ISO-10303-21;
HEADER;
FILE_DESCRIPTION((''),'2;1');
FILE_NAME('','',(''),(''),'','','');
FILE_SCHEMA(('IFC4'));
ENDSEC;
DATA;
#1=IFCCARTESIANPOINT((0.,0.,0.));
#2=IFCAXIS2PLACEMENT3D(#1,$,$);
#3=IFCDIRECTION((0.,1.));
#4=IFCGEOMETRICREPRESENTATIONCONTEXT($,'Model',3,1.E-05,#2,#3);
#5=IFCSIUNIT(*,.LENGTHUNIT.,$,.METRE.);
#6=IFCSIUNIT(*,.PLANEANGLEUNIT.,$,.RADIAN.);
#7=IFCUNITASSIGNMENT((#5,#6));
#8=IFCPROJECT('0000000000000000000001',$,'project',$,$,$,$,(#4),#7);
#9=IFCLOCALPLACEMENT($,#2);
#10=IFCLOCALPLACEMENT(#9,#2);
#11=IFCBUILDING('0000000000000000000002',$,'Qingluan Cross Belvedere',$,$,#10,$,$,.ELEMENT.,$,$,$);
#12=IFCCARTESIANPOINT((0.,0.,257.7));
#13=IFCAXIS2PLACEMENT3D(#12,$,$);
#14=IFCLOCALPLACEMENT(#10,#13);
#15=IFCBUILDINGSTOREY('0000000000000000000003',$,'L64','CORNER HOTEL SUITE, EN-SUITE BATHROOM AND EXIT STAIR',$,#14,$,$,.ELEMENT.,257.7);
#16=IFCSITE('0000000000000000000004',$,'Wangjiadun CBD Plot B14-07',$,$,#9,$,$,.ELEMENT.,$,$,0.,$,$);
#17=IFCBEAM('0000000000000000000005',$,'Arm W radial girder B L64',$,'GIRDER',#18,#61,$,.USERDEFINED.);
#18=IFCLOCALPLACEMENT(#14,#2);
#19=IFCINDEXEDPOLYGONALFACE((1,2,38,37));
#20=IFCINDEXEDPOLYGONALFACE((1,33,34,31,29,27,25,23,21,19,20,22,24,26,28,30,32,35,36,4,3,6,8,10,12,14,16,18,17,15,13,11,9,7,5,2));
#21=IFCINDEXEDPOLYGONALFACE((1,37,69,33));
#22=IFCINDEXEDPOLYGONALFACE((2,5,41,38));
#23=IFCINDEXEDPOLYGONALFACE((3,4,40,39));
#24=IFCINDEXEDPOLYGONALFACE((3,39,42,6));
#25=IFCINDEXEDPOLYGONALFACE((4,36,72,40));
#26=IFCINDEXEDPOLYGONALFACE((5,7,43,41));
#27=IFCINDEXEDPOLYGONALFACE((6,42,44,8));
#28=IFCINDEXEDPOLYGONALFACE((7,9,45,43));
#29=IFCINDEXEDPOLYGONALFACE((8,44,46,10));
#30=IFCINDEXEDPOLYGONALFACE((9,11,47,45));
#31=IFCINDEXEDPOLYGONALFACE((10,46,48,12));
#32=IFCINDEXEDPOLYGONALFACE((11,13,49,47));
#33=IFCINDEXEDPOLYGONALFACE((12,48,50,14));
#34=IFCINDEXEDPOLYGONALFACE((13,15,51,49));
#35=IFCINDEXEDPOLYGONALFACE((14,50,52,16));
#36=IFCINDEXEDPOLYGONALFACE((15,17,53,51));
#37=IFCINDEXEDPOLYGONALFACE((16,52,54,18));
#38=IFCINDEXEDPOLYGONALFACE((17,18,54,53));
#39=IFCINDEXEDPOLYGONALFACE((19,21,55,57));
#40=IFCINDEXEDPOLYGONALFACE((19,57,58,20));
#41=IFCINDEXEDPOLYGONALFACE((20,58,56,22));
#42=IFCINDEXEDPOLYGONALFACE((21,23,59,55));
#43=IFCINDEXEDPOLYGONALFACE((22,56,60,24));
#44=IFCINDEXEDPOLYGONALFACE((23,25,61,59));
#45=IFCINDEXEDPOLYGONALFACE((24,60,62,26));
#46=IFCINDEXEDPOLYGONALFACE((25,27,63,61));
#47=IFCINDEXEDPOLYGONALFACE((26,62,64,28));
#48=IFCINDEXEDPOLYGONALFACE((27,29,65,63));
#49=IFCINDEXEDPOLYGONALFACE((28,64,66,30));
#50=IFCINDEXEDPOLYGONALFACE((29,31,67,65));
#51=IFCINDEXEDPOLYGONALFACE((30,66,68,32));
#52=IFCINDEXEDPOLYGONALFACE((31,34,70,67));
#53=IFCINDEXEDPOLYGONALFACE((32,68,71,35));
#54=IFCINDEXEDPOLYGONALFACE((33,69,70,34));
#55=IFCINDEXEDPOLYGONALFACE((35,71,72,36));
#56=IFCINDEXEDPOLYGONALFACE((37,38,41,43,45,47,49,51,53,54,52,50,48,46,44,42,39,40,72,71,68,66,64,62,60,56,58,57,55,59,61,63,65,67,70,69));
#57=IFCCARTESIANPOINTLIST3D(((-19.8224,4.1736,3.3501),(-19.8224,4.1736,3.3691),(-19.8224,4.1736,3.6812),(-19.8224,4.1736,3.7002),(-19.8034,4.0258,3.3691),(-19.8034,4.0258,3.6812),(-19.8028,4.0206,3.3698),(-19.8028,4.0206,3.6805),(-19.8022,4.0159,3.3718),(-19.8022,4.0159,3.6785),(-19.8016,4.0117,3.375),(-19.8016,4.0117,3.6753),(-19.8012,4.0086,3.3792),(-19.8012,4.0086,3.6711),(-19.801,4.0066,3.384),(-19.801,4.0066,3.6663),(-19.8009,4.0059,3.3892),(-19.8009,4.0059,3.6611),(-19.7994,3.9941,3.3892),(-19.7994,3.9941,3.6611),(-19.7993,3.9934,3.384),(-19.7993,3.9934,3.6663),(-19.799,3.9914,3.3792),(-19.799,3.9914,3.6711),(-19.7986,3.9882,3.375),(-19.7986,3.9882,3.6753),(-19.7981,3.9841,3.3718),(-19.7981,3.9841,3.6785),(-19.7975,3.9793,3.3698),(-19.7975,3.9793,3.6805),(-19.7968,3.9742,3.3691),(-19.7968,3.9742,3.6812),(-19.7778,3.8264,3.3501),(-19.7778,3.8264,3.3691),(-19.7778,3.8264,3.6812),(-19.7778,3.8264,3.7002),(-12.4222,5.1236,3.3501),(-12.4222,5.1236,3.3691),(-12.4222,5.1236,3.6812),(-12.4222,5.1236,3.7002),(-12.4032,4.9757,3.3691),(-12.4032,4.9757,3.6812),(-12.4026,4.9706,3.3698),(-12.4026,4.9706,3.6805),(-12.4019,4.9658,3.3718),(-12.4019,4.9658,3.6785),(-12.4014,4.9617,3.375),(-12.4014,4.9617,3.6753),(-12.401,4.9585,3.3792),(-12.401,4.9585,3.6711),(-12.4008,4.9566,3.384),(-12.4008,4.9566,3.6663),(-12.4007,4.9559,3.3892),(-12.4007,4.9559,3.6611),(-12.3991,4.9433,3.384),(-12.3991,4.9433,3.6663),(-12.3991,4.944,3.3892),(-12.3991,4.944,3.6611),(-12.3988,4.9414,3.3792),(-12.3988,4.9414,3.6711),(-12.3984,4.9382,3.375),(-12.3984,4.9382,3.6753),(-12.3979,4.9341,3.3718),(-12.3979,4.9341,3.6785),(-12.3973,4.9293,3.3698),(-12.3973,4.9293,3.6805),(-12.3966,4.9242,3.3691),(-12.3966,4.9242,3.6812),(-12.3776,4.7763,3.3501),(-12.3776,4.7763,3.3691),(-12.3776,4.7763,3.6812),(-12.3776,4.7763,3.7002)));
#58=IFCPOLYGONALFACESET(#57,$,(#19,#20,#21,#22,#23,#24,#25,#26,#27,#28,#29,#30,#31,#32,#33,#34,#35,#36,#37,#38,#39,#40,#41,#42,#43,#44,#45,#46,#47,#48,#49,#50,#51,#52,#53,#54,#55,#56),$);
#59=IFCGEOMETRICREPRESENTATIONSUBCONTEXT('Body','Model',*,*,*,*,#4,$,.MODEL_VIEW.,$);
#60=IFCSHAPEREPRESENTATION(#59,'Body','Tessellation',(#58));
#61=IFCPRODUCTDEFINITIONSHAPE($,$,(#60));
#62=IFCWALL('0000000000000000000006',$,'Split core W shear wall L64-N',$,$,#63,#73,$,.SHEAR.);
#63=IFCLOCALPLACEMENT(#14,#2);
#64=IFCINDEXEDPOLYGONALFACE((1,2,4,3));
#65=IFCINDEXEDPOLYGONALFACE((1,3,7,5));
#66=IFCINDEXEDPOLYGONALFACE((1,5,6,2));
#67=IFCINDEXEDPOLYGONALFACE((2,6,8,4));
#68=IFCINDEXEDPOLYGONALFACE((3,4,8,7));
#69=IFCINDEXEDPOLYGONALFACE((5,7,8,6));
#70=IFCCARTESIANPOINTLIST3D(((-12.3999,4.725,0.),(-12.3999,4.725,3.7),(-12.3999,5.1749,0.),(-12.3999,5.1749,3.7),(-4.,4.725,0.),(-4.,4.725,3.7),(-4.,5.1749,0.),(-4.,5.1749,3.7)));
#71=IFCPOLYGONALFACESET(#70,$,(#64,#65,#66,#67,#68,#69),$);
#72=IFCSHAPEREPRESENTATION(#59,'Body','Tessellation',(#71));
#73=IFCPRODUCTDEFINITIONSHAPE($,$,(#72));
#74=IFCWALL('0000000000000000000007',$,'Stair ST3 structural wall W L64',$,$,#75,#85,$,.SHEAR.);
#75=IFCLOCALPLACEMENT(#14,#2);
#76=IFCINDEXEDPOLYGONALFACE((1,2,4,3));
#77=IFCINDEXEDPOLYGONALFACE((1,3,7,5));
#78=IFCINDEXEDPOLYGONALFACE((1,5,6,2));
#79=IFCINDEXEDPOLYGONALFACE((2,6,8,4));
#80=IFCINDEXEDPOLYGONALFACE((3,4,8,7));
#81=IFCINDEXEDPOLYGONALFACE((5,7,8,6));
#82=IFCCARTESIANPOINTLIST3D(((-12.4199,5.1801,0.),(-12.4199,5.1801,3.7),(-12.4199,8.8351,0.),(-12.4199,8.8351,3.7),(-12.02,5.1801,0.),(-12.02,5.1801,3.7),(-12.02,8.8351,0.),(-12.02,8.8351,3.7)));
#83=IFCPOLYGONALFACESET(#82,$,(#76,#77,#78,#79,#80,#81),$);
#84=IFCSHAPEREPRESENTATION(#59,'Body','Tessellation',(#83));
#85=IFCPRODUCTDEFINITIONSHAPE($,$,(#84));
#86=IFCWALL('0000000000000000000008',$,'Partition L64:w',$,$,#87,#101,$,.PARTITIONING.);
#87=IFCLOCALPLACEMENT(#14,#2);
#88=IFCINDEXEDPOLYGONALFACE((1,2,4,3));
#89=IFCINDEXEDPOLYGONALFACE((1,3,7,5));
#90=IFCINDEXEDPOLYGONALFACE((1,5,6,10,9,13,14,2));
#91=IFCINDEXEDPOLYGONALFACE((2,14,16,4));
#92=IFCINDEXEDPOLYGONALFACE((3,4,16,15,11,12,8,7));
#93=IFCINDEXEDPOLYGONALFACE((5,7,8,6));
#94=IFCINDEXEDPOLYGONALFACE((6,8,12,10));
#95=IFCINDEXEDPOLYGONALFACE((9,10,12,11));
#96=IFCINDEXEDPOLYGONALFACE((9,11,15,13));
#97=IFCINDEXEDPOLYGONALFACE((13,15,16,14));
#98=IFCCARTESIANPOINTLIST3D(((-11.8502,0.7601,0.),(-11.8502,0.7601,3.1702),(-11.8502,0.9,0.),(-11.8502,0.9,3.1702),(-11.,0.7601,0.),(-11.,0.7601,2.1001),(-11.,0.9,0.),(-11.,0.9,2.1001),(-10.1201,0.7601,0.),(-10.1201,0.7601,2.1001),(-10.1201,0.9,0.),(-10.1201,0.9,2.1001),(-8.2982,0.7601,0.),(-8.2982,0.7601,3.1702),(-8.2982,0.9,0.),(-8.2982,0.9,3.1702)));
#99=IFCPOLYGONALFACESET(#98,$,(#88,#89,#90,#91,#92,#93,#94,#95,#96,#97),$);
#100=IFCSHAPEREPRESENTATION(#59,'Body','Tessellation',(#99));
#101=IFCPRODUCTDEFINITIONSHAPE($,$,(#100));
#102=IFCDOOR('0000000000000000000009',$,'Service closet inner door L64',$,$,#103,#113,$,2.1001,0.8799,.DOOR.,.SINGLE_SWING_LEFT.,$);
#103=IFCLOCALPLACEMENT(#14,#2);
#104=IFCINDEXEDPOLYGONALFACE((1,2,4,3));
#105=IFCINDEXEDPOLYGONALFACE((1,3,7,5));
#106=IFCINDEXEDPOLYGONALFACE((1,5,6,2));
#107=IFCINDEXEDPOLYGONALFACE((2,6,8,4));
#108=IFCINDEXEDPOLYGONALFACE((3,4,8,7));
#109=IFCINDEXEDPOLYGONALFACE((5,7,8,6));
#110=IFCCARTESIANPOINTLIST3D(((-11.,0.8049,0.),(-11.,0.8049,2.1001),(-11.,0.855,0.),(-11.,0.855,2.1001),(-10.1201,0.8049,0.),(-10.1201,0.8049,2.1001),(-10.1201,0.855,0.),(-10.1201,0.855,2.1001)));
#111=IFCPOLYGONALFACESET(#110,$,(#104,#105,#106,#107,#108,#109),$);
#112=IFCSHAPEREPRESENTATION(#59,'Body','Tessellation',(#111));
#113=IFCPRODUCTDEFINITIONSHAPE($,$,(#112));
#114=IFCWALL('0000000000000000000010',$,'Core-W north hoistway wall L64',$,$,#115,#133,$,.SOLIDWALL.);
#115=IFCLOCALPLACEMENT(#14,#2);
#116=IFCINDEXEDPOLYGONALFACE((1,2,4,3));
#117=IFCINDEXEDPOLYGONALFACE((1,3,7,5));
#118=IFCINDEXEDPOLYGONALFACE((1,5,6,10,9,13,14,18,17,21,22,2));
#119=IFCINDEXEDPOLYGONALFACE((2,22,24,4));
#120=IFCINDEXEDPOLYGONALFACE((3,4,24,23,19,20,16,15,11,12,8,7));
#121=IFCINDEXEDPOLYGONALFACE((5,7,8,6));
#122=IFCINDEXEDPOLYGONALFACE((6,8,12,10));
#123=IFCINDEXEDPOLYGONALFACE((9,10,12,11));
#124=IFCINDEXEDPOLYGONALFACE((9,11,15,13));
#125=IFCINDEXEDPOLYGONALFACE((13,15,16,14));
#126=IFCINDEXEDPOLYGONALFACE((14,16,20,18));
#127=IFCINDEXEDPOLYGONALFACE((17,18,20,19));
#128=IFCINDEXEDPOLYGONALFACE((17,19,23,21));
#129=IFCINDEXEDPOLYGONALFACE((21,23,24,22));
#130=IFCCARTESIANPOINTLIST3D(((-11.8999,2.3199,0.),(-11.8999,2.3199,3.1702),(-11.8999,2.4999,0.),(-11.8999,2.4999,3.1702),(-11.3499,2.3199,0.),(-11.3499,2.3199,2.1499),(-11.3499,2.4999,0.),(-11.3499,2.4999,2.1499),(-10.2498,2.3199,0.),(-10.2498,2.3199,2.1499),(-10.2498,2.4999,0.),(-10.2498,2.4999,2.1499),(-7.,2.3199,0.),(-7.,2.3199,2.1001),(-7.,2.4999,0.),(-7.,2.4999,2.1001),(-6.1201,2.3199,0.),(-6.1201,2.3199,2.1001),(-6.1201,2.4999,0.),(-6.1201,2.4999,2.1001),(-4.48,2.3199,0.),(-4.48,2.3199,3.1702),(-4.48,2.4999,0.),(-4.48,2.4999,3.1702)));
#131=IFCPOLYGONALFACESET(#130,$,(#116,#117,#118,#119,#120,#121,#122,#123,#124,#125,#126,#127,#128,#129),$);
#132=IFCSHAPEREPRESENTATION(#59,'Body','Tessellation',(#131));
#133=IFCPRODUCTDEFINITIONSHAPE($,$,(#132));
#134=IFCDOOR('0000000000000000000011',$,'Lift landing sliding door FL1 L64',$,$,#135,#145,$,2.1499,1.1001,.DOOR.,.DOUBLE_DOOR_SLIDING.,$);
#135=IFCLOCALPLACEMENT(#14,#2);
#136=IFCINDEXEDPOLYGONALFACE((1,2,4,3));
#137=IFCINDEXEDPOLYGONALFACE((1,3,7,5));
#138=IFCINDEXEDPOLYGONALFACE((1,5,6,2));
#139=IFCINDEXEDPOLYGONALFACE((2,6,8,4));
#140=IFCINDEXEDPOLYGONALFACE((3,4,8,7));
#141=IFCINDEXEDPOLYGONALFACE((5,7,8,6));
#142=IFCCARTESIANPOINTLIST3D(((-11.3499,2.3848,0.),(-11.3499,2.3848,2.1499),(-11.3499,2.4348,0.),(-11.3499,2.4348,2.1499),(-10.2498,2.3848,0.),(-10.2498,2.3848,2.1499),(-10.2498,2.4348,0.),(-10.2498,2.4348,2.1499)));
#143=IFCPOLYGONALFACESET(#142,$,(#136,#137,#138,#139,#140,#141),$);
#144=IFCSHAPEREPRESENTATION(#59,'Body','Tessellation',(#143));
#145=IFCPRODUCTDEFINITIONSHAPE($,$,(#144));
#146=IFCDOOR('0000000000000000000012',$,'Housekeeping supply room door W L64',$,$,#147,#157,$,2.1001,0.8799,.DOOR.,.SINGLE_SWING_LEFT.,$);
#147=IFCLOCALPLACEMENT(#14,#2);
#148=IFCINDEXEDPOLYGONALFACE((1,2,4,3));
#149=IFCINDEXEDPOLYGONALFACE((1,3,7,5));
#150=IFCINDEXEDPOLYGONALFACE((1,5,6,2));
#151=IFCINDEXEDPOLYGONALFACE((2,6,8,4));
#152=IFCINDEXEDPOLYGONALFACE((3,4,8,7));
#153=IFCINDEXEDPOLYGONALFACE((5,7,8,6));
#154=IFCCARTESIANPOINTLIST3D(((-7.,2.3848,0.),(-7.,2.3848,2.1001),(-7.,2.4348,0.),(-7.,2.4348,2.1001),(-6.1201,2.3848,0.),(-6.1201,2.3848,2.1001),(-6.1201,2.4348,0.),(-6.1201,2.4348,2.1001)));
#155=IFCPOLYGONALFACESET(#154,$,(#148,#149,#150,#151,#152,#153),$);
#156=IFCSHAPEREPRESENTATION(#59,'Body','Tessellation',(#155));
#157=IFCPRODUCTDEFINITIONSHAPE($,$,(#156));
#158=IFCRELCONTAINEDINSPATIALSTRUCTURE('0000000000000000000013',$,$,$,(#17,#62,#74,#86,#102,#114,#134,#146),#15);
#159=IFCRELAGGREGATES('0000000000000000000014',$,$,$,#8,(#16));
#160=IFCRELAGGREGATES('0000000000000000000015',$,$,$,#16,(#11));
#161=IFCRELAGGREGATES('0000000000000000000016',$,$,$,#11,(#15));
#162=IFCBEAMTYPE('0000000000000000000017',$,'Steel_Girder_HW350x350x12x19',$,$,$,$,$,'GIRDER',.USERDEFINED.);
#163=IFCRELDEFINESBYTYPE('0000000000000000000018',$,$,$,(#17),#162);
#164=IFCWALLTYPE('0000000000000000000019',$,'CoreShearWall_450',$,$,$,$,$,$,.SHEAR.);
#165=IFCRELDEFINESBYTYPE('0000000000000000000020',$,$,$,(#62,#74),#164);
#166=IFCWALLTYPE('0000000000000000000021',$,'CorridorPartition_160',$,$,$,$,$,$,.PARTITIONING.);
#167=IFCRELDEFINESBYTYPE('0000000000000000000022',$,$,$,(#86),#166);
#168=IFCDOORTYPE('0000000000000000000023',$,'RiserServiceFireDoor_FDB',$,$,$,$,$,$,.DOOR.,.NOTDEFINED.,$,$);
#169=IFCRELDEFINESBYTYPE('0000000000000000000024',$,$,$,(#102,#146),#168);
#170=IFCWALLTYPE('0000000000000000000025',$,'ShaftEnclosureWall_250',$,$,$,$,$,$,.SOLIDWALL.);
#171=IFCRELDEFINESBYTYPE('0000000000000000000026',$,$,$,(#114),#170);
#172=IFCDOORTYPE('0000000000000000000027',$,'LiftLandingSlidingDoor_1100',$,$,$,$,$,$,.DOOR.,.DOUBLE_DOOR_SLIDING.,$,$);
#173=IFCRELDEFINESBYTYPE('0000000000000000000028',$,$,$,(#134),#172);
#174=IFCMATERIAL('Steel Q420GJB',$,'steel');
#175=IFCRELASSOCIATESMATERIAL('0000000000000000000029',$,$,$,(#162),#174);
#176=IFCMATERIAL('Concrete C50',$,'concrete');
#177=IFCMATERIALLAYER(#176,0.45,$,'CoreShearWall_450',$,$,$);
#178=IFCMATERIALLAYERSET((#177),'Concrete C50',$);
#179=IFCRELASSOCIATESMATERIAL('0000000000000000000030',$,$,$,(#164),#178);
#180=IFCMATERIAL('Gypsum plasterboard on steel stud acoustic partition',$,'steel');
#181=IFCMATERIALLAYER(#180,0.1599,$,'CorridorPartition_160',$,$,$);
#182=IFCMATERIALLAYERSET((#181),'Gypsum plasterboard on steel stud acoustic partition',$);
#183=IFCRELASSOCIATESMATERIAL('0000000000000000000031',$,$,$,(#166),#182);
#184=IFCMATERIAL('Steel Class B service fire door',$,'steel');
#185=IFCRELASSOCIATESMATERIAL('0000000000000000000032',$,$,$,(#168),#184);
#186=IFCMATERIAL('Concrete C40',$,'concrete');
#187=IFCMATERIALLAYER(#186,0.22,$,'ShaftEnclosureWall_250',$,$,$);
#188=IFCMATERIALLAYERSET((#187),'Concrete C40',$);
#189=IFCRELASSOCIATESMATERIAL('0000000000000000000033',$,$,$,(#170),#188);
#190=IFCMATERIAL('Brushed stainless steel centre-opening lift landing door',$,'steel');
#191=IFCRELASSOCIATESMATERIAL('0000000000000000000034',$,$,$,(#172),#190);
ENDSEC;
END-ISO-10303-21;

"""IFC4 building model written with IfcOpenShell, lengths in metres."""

from ifc_helpers import new_model, si_unit, direction, frame, frame_2d, origin, origin_2d, place, context, subcontext, project, spatial, rectangle, i_section, extrude, material, layer, layer_set, material_profile, profile_set, type_object, element, fill, save


model = new_model("IFC4")

# Units and contexts
model_context = context("Model", 3, precision=1e-05, world=origin(), true_north=direction((0.0, 1.0)))
body_context = subcontext(model_context, "Body", "Model", "MODEL_VIEW")
ifc_project = project(units=[si_unit("LENGTHUNIT", "METRE"), si_unit("PLANEANGLEUNIT", "RADIAN")], contexts=[model_context])

# Site, building, storey
site_placement = place(None, origin())
site = spatial("IfcSite", under=ifc_project, at=site_placement, Name="Wangjiadun CBD Plot B14-07", CompositionType="ELEMENT", RefElevation=0.0)
building_placement = place(site_placement, origin())
building = spatial("IfcBuilding", under=site, at=building_placement, Name="Qingluan Cross Belvedere", CompositionType="ELEMENT")
storey_placement = place(building_placement, frame((0.0, 0.0, 257.7)))
storey = spatial("IfcBuildingStorey", under=building, at=storey_placement, Name="L64", Description="CORNER HOTEL SUITE, EN-SUITE BATHROOM AND EXIT STAIR", CompositionType="ELEMENT", Elevation=257.7)

# Beam
ifc_material_1 = material(Name="Steel Q420GJB", Category="steel")
ifc_material_profile_1 = material_profile(ifc_material_1, i_section(OverallWidth=0.3501, OverallDepth=0.3501, WebThickness=0.012, FlangeThickness=0.019, FilletRadius=0.02, at=origin_2d()), Name="HW350x350x12x19")
ifc_profile_set_1 = profile_set([ifc_material_profile_1], Name="Steel Q420GJB")
beam_type_1 = type_object("IfcBeamType", Name="Steel_Girder_HW350x350x12x19", ElementType="GIRDER", PredefinedType="USERDEFINED", material=ifc_profile_set_1)
beam_1_placement = place(storey_placement, frame((-12.3999, 4.95, 3.5251), z_axis=(-0.991861, -0.127324, 0.0), x_axis=(0.127324, -0.991861, 0.0)))
element("IfcBeam", 1, at=beam_1_placement, inside=storey, type_object=beam_type_1, Name="Arm W radial girder B L64", ObjectType="GIRDER", PredefinedType="USERDEFINED", context=body_context, shape_type="SweptSolid", body=[
    extrude(i_section(OverallWidth=0.3501, OverallDepth=0.3501, WebThickness=0.012, FlangeThickness=0.019, FilletRadius=0.02, at=origin_2d()), origin(), (0.0, 0.0, 1.0), 7.4609),
])

# Walls
ifc_material_2 = material(Name="Concrete C50", Category="concrete")
ifc_layer_1 = layer(ifc_material_2, 0.45, Name="CoreShearWall_450")
ifc_layer_set_1 = layer_set([ifc_layer_1], Name="Concrete C50")
wall_type_1 = type_object("IfcWallType", Name="CoreShearWall_450", PredefinedType="SHEAR", material=ifc_layer_set_1)
wall_1_placement = place(storey_placement, frame((-12.3999, 4.95, 0.0), z_axis=(0.0, 0.0, 1.0), x_axis=(1.0, 0.0, 0.0)))
element("IfcWall", 2, at=wall_1_placement, inside=storey, type_object=wall_type_1, Name="Split core W shear wall L64-N", PredefinedType="SHEAR", context=body_context, shape_type="SweptSolid", body=[
    extrude(rectangle(XDim=8.3999, YDim=0.45, at=frame_2d((4.2, 0.0))), origin(), (0.0, 0.0, 1.0), 3.7),
])
wall_2_placement = place(storey_placement, frame((-12.22, 5.1799, 0.0), z_axis=(0.0, 0.0, 1.0), x_axis=(0.0, 1.0, 0.0)))
element("IfcWall", 3, at=wall_2_placement, inside=storey, type_object=wall_type_1, Name="Stair ST3 structural wall W L64", PredefinedType="SHEAR", context=body_context, shape_type="SweptSolid", body=[
    extrude(rectangle(XDim=3.655, YDim=0.3999, at=frame_2d((1.8276, 0.0))), origin(), (0.0, 0.0, 1.0), 3.7),
])

# Wall, opening, door
ifc_material_3 = material(Name="Gypsum plasterboard on steel stud acoustic partition", Category="steel")
ifc_layer_2 = layer(ifc_material_3, 0.1599, Name="CorridorPartition_160")
ifc_layer_set_2 = layer_set([ifc_layer_2], Name="Gypsum plasterboard on steel stud acoustic partition")
wall_type_2 = type_object("IfcWallType", Name="CorridorPartition_160", PredefinedType="PARTITIONING", material=ifc_layer_set_2)
wall_3_placement = place(storey_placement, frame((-11.8501, 0.8301, 0.0), z_axis=(0.0, 0.0, 1.0), x_axis=(1.0, 0.0, 0.0)))
wall_3 = element("IfcWall", 4, at=wall_3_placement, inside=storey, type_object=wall_type_2, Name="Partition L64:w", PredefinedType="PARTITIONING", context=body_context, shape_type="SweptSolid", body=[
    extrude(rectangle(XDim=3.552, YDim=0.1399, at=frame_2d((1.7759, 0.0))), origin(), (0.0, 0.0, 1.0), 3.1702),
])
opening_1_placement = place(wall_3_placement, frame((0.8501, 0.0, 0.0)))
opening_1 = element("IfcOpeningElement", 5, at=opening_1_placement, cuts=wall_3, PredefinedType="OPENING", context=body_context, shape_type="SweptSolid", body=[
    extrude(rectangle(XDim=0.8799, YDim=2.1001, at=frame_2d((0.4399, 1.05))), frame((0.0, 0.0798, 0.0), z_axis=(0.0, -1.0, 0.0), x_axis=(1.0, 0.0, 0.0)), (0.0, 0.0, 1.0), 0.1599),
])
ifc_material_4 = material(Name="Steel Class B service fire door", Category="steel")
door_type_1 = type_object("IfcDoorType", Name="RiserServiceFireDoor_FDB", OperationType="NOTDEFINED", PredefinedType="DOOR", material=ifc_material_4)
door_1_placement = place(opening_1_placement, origin())
door_1 = element("IfcDoor", 6, at=door_1_placement, inside=storey, type_object=door_type_1, Name="Service closet inner door L64", OperationType="SINGLE_SWING_LEFT", OverallHeight=2.1001, OverallWidth=0.8799, PredefinedType="DOOR", context=body_context, shape_type="SweptSolid", body=[
    extrude(rectangle(XDim=0.8799, YDim=2.1001, at=frame_2d((0.4399, 1.05))), frame((0.0, 0.0249, 0.0), z_axis=(0.0, -1.0, 0.0), x_axis=(1.0, 0.0, 0.0)), (0.0, 0.0, 1.0), 0.05),
])
fill(opening_1, door_1)

# Wall, openings, doors
ifc_material_5 = material(Name="Concrete C40", Category="concrete")
ifc_layer_3 = layer(ifc_material_5, 0.22, Name="ShaftEnclosureWall_250")
ifc_layer_set_3 = layer_set([ifc_layer_3], Name="Concrete C40")
wall_type_3 = type_object("IfcWallType", Name="ShaftEnclosureWall_250", PredefinedType="SOLIDWALL", material=ifc_layer_set_3)
wall_4_placement = place(storey_placement, frame((-11.8999, 2.4099, 0.0), z_axis=(0.0, 0.0, 1.0), x_axis=(1.0, 0.0, 0.0)))
wall_4 = element("IfcWall", 7, at=wall_4_placement, inside=storey, type_object=wall_type_3, Name="Core-W north hoistway wall L64", PredefinedType="SOLIDWALL", context=body_context, shape_type="SweptSolid", body=[
    extrude(rectangle(XDim=7.4199, YDim=0.1799, at=frame_2d((3.71, 0.0))), origin(), (0.0, 0.0, 1.0), 3.1702),
])
opening_2_placement = place(wall_4_placement, frame((0.55, 0.0, 0.0)))
opening_2 = element("IfcOpeningElement", 8, at=opening_2_placement, cuts=wall_4, PredefinedType="OPENING", context=body_context, shape_type="SweptSolid", body=[
    extrude(rectangle(XDim=1.1001, YDim=2.1499, at=frame_2d((0.55, 1.075))), frame((0.0, 0.0999, 0.0), z_axis=(0.0, -1.0, 0.0), x_axis=(1.0, 0.0, 0.0)), (0.0, 0.0, 1.0), 0.2),
])
opening_3_placement = place(wall_4_placement, frame((4.8999, 0.0, 0.0)))
opening_3 = element("IfcOpeningElement", 9, at=opening_3_placement, cuts=wall_4, PredefinedType="OPENING", context=body_context, shape_type="SweptSolid", body=[
    extrude(rectangle(XDim=0.8799, YDim=2.1001, at=frame_2d((0.4399, 1.05))), frame((0.0, 0.0999, 0.0), z_axis=(0.0, -1.0, 0.0), x_axis=(1.0, 0.0, 0.0)), (0.0, 0.0, 1.0), 0.2),
])
ifc_material_6 = material(Name="Brushed stainless steel centre-opening lift landing door", Category="steel")
door_type_2 = type_object("IfcDoorType", Name="LiftLandingSlidingDoor_1100", OperationType="DOUBLE_DOOR_SLIDING", PredefinedType="DOOR", material=ifc_material_6)
door_2_placement = place(opening_2_placement, origin())
door_2 = element("IfcDoor", 10, at=door_2_placement, inside=storey, type_object=door_type_2, Name="Lift landing sliding door FL1 L64", OperationType="DOUBLE_DOOR_SLIDING", OverallHeight=2.1499, OverallWidth=1.1001, PredefinedType="DOOR", context=body_context, shape_type="SweptSolid", body=[
    extrude(rectangle(XDim=1.1001, YDim=2.1499, at=frame_2d((0.55, 1.075))), frame((0.0, 0.0249, 0.0), z_axis=(0.0, -1.0, 0.0), x_axis=(1.0, 0.0, 0.0)), (0.0, 0.0, 1.0), 0.05),
])
fill(opening_2, door_2)
door_3_placement = place(opening_3_placement, origin())
door_3 = element("IfcDoor", 11, at=door_3_placement, inside=storey, type_object=door_type_1, Name="Housekeeping supply room door W L64", OperationType="SINGLE_SWING_LEFT", OverallHeight=2.1001, OverallWidth=0.8799, PredefinedType="DOOR", context=body_context, shape_type="SweptSolid", body=[
    extrude(rectangle(XDim=0.8799, YDim=2.1001, at=frame_2d((0.4399, 1.05))), frame((0.0, 0.0249, 0.0), z_axis=(0.0, -1.0, 0.0), x_axis=(1.0, 0.0, 0.0)), (0.0, 0.0, 1.0), 0.05),
])
fill(opening_3, door_3)

save(model, "model.ifc")
